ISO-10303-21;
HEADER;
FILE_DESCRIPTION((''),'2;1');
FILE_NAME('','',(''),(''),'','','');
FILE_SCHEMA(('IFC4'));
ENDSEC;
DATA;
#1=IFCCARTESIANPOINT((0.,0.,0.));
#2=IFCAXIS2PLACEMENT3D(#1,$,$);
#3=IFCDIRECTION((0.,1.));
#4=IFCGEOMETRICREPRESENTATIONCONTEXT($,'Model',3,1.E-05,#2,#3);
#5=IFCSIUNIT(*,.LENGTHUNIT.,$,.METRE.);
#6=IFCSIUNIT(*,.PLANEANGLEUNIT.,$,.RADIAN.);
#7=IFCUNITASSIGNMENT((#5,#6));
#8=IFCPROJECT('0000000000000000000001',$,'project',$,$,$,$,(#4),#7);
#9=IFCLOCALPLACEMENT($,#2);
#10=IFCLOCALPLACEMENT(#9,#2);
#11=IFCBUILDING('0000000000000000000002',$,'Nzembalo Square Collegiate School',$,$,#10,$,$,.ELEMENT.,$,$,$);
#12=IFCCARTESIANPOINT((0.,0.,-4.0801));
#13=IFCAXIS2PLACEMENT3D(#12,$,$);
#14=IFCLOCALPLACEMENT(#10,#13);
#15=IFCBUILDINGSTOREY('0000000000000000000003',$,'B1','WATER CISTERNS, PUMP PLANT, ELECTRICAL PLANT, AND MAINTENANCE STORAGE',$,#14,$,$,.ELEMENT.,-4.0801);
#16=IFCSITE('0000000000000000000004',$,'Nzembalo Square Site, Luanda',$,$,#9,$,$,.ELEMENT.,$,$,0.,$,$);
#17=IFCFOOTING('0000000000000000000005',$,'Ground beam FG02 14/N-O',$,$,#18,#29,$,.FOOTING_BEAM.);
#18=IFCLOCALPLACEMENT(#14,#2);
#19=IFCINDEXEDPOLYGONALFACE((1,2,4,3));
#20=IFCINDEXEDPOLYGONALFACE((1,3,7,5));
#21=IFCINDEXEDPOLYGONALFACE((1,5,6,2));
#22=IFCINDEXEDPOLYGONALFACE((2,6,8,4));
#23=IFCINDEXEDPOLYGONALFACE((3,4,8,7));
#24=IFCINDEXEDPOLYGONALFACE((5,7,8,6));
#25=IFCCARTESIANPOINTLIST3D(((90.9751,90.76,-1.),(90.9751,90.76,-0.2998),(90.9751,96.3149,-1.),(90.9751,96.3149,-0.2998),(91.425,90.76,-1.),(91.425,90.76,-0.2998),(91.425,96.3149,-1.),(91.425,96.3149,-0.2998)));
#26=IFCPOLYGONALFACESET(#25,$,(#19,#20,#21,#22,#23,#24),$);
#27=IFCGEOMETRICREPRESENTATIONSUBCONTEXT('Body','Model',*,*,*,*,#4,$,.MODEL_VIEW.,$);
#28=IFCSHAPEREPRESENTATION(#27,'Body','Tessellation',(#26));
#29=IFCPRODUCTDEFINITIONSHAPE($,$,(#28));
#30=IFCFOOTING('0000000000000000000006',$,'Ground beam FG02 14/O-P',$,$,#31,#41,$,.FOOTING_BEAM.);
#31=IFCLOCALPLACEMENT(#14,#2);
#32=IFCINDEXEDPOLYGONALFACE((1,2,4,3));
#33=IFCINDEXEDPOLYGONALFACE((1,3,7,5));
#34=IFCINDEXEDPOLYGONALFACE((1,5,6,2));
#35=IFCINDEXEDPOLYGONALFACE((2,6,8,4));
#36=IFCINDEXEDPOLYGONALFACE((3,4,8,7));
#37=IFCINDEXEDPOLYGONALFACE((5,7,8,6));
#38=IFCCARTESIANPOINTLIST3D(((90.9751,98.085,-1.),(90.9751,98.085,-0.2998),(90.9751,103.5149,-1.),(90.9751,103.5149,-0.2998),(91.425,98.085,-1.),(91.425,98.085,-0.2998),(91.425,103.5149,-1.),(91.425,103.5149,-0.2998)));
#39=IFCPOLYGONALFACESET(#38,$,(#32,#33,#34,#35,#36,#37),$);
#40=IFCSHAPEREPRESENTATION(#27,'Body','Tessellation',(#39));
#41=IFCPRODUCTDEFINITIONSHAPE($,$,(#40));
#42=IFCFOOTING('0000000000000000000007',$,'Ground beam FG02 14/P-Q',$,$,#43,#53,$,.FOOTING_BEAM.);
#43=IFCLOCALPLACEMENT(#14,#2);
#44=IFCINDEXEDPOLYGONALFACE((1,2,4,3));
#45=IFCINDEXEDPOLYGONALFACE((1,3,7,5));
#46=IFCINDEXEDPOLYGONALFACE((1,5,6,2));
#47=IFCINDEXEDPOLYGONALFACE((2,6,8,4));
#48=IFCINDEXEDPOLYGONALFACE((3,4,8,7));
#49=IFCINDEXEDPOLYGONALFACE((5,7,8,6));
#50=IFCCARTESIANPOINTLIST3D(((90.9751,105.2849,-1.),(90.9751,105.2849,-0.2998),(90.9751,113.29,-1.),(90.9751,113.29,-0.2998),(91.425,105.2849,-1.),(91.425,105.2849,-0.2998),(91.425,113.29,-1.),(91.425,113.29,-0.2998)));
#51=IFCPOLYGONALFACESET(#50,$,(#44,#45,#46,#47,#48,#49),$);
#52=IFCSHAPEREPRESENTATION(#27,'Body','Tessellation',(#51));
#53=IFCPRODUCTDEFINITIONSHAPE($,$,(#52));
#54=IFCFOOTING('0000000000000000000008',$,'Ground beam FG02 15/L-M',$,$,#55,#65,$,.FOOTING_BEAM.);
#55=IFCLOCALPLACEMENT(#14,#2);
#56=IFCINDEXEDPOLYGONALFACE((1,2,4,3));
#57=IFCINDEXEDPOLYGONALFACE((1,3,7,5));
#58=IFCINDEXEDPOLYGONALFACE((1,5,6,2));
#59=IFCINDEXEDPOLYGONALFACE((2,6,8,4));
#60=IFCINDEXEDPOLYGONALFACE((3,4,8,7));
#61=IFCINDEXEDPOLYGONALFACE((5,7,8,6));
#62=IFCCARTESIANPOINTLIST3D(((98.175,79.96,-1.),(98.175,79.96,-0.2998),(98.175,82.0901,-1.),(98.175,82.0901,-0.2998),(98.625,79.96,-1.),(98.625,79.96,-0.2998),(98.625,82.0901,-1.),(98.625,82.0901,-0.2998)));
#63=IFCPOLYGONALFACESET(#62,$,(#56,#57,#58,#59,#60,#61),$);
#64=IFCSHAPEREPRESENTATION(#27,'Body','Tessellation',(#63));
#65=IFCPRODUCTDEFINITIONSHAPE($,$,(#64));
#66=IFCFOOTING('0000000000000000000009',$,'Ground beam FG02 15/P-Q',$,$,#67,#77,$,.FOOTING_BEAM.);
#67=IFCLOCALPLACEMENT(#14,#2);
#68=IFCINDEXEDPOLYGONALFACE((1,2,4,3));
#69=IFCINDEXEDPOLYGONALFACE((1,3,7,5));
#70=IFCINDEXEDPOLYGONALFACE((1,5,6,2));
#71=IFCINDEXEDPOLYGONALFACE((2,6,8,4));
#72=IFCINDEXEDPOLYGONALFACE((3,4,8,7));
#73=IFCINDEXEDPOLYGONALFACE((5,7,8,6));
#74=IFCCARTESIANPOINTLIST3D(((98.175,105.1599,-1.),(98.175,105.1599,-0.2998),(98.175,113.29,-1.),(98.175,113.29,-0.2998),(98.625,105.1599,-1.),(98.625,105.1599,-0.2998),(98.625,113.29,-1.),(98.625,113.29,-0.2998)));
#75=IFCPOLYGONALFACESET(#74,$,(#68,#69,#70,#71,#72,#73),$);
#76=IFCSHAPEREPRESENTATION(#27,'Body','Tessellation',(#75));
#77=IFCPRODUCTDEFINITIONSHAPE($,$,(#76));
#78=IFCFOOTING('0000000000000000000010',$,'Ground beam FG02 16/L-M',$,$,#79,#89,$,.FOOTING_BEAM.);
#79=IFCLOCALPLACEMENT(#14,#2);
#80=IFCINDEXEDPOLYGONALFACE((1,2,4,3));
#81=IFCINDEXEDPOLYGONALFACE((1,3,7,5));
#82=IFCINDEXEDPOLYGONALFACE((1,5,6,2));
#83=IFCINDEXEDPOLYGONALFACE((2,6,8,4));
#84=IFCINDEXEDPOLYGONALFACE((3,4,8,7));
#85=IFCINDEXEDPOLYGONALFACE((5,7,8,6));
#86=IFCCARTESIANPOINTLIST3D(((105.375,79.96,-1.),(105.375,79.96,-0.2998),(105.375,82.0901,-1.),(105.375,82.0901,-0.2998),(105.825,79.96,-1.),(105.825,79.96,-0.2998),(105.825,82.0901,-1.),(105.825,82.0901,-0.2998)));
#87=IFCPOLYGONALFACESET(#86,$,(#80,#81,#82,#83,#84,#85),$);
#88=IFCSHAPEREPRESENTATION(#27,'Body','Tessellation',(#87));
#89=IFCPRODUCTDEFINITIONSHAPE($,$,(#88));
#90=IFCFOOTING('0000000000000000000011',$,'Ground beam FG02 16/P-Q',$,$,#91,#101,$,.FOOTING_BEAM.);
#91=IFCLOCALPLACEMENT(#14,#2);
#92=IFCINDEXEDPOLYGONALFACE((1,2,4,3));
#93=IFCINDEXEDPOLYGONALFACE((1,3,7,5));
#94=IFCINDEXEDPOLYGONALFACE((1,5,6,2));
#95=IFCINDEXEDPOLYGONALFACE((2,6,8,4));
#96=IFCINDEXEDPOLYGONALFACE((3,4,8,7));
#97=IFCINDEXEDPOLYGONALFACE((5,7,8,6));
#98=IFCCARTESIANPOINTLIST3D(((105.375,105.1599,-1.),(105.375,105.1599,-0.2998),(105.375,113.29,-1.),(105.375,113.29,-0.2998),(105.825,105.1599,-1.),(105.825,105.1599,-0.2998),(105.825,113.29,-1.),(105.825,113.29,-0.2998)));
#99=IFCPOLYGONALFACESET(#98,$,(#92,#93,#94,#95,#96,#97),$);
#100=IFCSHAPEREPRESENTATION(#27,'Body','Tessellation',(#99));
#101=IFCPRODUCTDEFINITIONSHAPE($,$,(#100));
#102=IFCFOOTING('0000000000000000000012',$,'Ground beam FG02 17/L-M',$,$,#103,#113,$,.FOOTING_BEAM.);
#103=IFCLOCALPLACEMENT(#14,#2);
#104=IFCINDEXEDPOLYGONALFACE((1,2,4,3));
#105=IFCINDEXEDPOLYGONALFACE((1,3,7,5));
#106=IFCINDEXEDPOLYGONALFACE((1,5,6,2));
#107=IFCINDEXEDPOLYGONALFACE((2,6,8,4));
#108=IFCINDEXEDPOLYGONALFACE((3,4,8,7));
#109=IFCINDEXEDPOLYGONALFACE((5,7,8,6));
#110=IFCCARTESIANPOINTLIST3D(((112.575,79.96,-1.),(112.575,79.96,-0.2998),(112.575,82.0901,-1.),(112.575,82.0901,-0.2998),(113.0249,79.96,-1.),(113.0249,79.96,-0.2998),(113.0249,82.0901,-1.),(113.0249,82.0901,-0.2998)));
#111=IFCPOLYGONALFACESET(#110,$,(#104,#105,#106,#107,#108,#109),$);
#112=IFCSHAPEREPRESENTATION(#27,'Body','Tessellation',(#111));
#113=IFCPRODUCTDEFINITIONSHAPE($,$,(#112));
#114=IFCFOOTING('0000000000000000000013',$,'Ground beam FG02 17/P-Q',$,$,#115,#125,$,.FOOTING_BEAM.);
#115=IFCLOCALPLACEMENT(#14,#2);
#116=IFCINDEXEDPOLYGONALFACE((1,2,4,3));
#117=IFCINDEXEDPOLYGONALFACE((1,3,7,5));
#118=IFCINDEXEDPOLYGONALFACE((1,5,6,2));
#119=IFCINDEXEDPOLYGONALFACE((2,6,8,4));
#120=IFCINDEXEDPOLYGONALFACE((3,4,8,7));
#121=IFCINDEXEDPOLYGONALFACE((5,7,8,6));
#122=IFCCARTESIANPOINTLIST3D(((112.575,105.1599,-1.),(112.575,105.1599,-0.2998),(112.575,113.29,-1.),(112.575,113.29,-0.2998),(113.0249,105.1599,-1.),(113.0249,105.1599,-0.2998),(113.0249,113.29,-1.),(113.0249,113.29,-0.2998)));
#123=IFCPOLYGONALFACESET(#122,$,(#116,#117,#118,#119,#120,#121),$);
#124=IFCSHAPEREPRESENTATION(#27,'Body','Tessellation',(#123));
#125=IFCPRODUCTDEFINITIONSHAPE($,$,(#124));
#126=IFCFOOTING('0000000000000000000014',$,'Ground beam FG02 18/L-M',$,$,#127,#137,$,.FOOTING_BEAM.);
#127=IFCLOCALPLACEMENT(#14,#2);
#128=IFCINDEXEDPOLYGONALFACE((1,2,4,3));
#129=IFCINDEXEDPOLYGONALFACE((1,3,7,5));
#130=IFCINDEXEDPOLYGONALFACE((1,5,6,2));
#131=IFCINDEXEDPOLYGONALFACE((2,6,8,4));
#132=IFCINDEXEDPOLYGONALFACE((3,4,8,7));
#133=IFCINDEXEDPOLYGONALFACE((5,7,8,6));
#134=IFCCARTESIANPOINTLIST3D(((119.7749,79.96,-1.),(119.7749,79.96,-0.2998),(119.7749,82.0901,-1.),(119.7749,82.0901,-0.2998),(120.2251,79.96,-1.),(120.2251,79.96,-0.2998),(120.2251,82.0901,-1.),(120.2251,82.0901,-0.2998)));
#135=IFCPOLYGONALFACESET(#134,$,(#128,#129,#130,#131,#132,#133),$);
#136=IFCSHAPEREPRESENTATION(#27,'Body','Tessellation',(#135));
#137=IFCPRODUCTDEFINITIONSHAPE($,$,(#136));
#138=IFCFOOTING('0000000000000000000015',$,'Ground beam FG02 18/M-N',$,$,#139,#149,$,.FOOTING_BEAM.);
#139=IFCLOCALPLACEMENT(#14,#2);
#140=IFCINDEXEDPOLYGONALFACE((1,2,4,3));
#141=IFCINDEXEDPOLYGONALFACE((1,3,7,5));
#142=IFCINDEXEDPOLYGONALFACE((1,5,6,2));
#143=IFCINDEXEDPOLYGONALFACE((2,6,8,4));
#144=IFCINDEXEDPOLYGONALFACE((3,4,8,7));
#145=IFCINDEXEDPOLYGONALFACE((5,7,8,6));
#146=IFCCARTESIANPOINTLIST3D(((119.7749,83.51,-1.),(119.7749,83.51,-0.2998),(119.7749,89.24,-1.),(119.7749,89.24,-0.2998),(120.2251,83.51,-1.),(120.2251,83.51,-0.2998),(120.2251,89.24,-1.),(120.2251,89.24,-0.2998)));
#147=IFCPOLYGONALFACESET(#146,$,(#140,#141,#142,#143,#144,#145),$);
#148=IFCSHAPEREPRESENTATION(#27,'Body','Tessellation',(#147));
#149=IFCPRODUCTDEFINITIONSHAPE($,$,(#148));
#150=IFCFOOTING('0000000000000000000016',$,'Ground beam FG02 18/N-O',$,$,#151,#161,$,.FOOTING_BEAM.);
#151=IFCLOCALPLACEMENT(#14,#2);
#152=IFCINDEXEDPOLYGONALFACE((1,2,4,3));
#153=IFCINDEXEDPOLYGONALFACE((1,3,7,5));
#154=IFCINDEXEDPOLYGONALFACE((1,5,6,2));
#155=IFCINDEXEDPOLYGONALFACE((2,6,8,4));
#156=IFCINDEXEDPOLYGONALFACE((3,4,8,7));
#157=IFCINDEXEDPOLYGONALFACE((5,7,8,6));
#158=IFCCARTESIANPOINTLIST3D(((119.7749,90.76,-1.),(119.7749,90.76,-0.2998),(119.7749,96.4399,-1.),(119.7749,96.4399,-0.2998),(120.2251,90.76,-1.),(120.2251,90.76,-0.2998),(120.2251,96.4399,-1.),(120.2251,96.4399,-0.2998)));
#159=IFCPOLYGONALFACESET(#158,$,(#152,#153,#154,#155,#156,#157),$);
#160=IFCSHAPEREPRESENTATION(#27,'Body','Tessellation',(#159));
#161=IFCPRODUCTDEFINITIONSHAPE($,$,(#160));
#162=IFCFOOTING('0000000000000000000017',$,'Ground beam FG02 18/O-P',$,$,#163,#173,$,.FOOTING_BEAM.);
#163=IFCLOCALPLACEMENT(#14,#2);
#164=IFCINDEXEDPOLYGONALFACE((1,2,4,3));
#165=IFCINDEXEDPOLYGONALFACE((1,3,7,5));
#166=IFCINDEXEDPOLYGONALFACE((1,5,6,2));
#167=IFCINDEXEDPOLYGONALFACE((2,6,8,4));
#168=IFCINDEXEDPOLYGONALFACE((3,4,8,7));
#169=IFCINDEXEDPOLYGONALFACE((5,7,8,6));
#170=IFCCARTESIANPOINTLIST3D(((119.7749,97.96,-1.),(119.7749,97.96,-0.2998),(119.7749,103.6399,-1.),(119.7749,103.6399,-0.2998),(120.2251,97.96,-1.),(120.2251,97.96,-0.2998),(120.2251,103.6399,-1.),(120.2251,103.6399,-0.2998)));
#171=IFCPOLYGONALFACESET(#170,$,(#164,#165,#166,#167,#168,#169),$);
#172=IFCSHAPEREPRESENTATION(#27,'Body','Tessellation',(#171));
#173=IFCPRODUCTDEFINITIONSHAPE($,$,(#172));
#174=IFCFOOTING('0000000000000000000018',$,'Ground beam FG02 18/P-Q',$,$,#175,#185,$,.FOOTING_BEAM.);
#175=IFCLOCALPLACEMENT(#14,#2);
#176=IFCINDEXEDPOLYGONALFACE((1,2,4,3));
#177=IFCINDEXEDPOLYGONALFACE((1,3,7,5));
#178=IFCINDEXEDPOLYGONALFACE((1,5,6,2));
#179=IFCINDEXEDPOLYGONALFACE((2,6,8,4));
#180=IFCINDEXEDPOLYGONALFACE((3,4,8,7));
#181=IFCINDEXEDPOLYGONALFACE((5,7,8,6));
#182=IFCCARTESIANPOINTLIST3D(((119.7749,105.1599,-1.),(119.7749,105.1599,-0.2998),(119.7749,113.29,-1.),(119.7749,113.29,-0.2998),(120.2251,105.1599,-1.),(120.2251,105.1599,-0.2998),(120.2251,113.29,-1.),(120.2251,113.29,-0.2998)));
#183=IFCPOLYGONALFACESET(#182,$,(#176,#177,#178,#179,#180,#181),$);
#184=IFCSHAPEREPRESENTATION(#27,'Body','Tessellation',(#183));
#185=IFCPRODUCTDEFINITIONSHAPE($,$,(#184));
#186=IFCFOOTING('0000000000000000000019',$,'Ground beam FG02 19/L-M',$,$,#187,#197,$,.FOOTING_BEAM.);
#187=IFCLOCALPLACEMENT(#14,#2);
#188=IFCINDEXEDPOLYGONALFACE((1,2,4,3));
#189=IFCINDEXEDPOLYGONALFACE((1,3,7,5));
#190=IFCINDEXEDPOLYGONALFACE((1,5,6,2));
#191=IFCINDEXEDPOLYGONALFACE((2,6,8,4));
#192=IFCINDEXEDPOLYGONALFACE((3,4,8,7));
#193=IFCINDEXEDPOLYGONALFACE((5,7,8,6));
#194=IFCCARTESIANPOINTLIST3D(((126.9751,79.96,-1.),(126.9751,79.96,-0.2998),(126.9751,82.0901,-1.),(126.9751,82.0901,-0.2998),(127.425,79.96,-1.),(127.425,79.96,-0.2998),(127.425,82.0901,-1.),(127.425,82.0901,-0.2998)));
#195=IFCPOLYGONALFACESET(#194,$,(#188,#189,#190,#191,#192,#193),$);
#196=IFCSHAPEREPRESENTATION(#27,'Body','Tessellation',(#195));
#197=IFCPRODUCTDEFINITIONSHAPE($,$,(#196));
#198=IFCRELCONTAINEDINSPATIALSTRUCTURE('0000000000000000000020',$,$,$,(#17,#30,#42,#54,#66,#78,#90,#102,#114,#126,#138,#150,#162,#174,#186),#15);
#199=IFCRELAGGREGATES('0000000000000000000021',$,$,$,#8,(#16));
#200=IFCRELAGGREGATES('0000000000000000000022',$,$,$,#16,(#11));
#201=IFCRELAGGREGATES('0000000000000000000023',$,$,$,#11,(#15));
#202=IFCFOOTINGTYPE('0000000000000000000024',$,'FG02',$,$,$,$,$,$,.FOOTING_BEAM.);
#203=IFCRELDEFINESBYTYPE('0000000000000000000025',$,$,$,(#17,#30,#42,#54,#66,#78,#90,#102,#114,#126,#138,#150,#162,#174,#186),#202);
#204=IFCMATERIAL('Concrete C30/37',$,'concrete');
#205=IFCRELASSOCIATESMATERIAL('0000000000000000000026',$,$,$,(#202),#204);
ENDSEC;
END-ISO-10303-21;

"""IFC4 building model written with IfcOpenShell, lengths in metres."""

from ifc_helpers import new_model, si_unit, direction, frame, origin, place, context, subcontext, project, spatial, polyline, outline, extrude, material, type_object, element, save


model = new_model("IFC4")

# Units and contexts
model_context = context("Model", 3, precision=1e-05, world=origin(), true_north=direction((0.0, 1.0)))
body_context = subcontext(model_context, "Body", "Model", "MODEL_VIEW")
ifc_project = project(units=[si_unit("LENGTHUNIT", "METRE"), si_unit("PLANEANGLEUNIT", "RADIAN")], contexts=[model_context])

# Site, building, storey
site_placement = place(None, origin())
site = spatial("IfcSite", under=ifc_project, at=site_placement, Name="Nzembalo Square Site, Luanda", CompositionType="ELEMENT", RefElevation=0.0)
building_placement = place(site_placement, origin())
building = spatial("IfcBuilding", under=site, at=building_placement, Name="Nzembalo Square Collegiate School", CompositionType="ELEMENT")
storey_placement = place(building_placement, frame((0.0, 0.0, -4.0801)))
storey = spatial("IfcBuildingStorey", under=building, at=storey_placement, Name="B1", Description="WATER CISTERNS, PUMP PLANT, ELECTRICAL PLANT, AND MAINTENANCE STORAGE", CompositionType="ELEMENT", Elevation=-4.0801)

# Footings
ifc_material = material(Name="Concrete C30/37", Category="concrete")
footing_type = type_object("IfcFootingType", Name="FG02", PredefinedType="FOOTING_BEAM", material=ifc_material)
footing_1_placement = place(storey_placement, frame((0.0, 0.0, -1.0)))
element("IfcFooting", 1, at=footing_1_placement, inside=storey, type_object=footing_type, Name="Ground beam FG02 14/N-O", PredefinedType="FOOTING_BEAM", context=body_context, shape_type="SweptSolid", body=[
    extrude(outline(polyline([(90.9751, 90.76), (91.425, 90.76), (91.425, 96.3149), (90.9751, 96.3149), (90.9751, 90.76)])), origin(), (0.0, 0.0, 1.0), 0.7002),
])
footing_2_placement = place(storey_placement, frame((0.0, 0.0, -1.0)))
element("IfcFooting", 2, at=footing_2_placement, inside=storey, type_object=footing_type, Name="Ground beam FG02 14/O-P", PredefinedType="FOOTING_BEAM", context=body_context, shape_type="SweptSolid", body=[
    extrude(outline(polyline([(90.9751, 98.085), (91.425, 98.085), (91.425, 103.5149), (90.9751, 103.5149), (90.9751, 98.085)])), origin(), (0.0, 0.0, 1.0), 0.7002),
])
footing_3_placement = place(storey_placement, frame((0.0, 0.0, -1.0)))
element("IfcFooting", 3, at=footing_3_placement, inside=storey, type_object=footing_type, Name="Ground beam FG02 14/P-Q", PredefinedType="FOOTING_BEAM", context=body_context, shape_type="SweptSolid", body=[
    extrude(outline(polyline([(90.9751, 105.2849), (91.425, 105.2849), (91.425, 113.29), (90.9751, 113.29), (90.9751, 105.2849)])), origin(), (0.0, 0.0, 1.0), 0.7002),
])
footing_4_placement = place(storey_placement, frame((0.0, 0.0, -1.0)))
element("IfcFooting", 4, at=footing_4_placement, inside=storey, type_object=footing_type, Name="Ground beam FG02 15/L-M", PredefinedType="FOOTING_BEAM", context=body_context, shape_type="SweptSolid", body=[
    extrude(outline(polyline([(98.175, 79.96), (98.625, 79.96), (98.625, 82.0901), (98.175, 82.0901), (98.175, 79.96)])), origin(), (0.0, 0.0, 1.0), 0.7002),
])
footing_5_placement = place(storey_placement, frame((0.0, 0.0, -1.0)))
element("IfcFooting", 5, at=footing_5_placement, inside=storey, type_object=footing_type, Name="Ground beam FG02 15/P-Q", PredefinedType="FOOTING_BEAM", context=body_context, shape_type="SweptSolid", body=[
    extrude(outline(polyline([(98.175, 105.1599), (98.625, 105.1599), (98.625, 113.29), (98.175, 113.29), (98.175, 105.1599)])), origin(), (0.0, 0.0, 1.0), 0.7002),
])
footing_6_placement = place(storey_placement, frame((0.0, 0.0, -1.0)))
element("IfcFooting", 6, at=footing_6_placement, inside=storey, type_object=footing_type, Name="Ground beam FG02 16/L-M", PredefinedType="FOOTING_BEAM", context=body_context, shape_type="SweptSolid", body=[
    extrude(outline(polyline([(105.375, 79.96), (105.825, 79.96), (105.825, 82.0901), (105.375, 82.0901), (105.375, 79.96)])), origin(), (0.0, 0.0, 1.0), 0.7002),
])
footing_7_placement = place(storey_placement, frame((0.0, 0.0, -1.0)))
element("IfcFooting", 7, at=footing_7_placement, inside=storey, type_object=footing_type, Name="Ground beam FG02 16/P-Q", PredefinedType="FOOTING_BEAM", context=body_context, shape_type="SweptSolid", body=[
    extrude(outline(polyline([(105.375, 105.1599), (105.825, 105.1599), (105.825, 113.29), (105.375, 113.29), (105.375, 105.1599)])), origin(), (0.0, 0.0, 1.0), 0.7002),
])
footing_8_placement = place(storey_placement, frame((0.0, 0.0, -1.0)))
element("IfcFooting", 8, at=footing_8_placement, inside=storey, type_object=footing_type, Name="Ground beam FG02 17/L-M", PredefinedType="FOOTING_BEAM", context=body_context, shape_type="SweptSolid", body=[
    extrude(outline(polyline([(112.575, 79.96), (113.0249, 79.96), (113.0249, 82.0901), (112.575, 82.0901), (112.575, 79.96)])), origin(), (0.0, 0.0, 1.0), 0.7002),
])
footing_9_placement = place(storey_placement, frame((0.0, 0.0, -1.0)))
element("IfcFooting", 9, at=footing_9_placement, inside=storey, type_object=footing_type, Name="Ground beam FG02 17/P-Q", PredefinedType="FOOTING_BEAM", context=body_context, shape_type="SweptSolid", body=[
    extrude(outline(polyline([(112.575, 105.1599), (113.0249, 105.1599), (113.0249, 113.29), (112.575, 113.29), (112.575, 105.1599)])), origin(), (0.0, 0.0, 1.0), 0.7002),
])
footing_10_placement = place(storey_placement, frame((0.0, 0.0, -1.0)))
element("IfcFooting", 10, at=footing_10_placement, inside=storey, type_object=footing_type, Name="Ground beam FG02 18/L-M", PredefinedType="FOOTING_BEAM", context=body_context, shape_type="SweptSolid", body=[
    extrude(outline(polyline([(119.7749, 79.96), (120.2251, 79.96), (120.2251, 82.0901), (119.7749, 82.0901), (119.7749, 79.96)])), origin(), (0.0, 0.0, 1.0), 0.7002),
])
footing_11_placement = place(storey_placement, frame((0.0, 0.0, -1.0)))
element("IfcFooting", 11, at=footing_11_placement, inside=storey, type_object=footing_type, Name="Ground beam FG02 18/M-N", PredefinedType="FOOTING_BEAM", context=body_context, shape_type="SweptSolid", body=[
    extrude(outline(polyline([(119.7749, 83.51), (120.2251, 83.51), (120.2251, 89.24), (119.7749, 89.24), (119.7749, 83.51)])), origin(), (0.0, 0.0, 1.0), 0.7002),
])
footing_12_placement = place(storey_placement, frame((0.0, 0.0, -1.0)))
element("IfcFooting", 12, at=footing_12_placement, inside=storey, type_object=footing_type, Name="Ground beam FG02 18/N-O", PredefinedType="FOOTING_BEAM", context=body_context, shape_type="SweptSolid", body=[
    extrude(outline(polyline([(119.7749, 90.76), (120.2251, 90.76), (120.2251, 96.4399), (119.7749, 96.4399), (119.7749, 90.76)])), origin(), (0.0, 0.0, 1.0), 0.7002),
])
footing_13_placement = place(storey_placement, frame((0.0, 0.0, -1.0)))
element("IfcFooting", 13, at=footing_13_placement, inside=storey, type_object=footing_type, Name="Ground beam FG02 18/O-P", PredefinedType="FOOTING_BEAM", context=body_context, shape_type="SweptSolid", body=[
    extrude(outline(polyline([(119.7749, 97.96), (120.2251, 97.96), (120.2251, 103.6399), (119.7749, 103.6399), (119.7749, 97.96)])), origin(), (0.0, 0.0, 1.0), 0.7002),
])
footing_14_placement = place(storey_placement, frame((0.0, 0.0, -1.0)))
element("IfcFooting", 14, at=footing_14_placement, inside=storey, type_object=footing_type, Name="Ground beam FG02 18/P-Q", PredefinedType="FOOTING_BEAM", context=body_context, shape_type="SweptSolid", body=[
    extrude(outline(polyline([(119.7749, 105.1599), (120.2251, 105.1599), (120.2251, 113.29), (119.7749, 113.29), (119.7749, 105.1599)])), origin(), (0.0, 0.0, 1.0), 0.7002),
])
footing_15_placement = place(storey_placement, frame((0.0, 0.0, -1.0)))
element("IfcFooting", 15, at=footing_15_placement, inside=storey, type_object=footing_type, Name="Ground beam FG02 19/L-M", PredefinedType="FOOTING_BEAM", context=body_context, shape_type="SweptSolid", body=[
    extrude(outline(polyline([(126.9751, 79.96), (127.425, 79.96), (127.425, 82.0901), (126.9751, 82.0901), (126.9751, 79.96)])), origin(), (0.0, 0.0, 1.0), 0.7002),
])

save(model, "model.ifc")
